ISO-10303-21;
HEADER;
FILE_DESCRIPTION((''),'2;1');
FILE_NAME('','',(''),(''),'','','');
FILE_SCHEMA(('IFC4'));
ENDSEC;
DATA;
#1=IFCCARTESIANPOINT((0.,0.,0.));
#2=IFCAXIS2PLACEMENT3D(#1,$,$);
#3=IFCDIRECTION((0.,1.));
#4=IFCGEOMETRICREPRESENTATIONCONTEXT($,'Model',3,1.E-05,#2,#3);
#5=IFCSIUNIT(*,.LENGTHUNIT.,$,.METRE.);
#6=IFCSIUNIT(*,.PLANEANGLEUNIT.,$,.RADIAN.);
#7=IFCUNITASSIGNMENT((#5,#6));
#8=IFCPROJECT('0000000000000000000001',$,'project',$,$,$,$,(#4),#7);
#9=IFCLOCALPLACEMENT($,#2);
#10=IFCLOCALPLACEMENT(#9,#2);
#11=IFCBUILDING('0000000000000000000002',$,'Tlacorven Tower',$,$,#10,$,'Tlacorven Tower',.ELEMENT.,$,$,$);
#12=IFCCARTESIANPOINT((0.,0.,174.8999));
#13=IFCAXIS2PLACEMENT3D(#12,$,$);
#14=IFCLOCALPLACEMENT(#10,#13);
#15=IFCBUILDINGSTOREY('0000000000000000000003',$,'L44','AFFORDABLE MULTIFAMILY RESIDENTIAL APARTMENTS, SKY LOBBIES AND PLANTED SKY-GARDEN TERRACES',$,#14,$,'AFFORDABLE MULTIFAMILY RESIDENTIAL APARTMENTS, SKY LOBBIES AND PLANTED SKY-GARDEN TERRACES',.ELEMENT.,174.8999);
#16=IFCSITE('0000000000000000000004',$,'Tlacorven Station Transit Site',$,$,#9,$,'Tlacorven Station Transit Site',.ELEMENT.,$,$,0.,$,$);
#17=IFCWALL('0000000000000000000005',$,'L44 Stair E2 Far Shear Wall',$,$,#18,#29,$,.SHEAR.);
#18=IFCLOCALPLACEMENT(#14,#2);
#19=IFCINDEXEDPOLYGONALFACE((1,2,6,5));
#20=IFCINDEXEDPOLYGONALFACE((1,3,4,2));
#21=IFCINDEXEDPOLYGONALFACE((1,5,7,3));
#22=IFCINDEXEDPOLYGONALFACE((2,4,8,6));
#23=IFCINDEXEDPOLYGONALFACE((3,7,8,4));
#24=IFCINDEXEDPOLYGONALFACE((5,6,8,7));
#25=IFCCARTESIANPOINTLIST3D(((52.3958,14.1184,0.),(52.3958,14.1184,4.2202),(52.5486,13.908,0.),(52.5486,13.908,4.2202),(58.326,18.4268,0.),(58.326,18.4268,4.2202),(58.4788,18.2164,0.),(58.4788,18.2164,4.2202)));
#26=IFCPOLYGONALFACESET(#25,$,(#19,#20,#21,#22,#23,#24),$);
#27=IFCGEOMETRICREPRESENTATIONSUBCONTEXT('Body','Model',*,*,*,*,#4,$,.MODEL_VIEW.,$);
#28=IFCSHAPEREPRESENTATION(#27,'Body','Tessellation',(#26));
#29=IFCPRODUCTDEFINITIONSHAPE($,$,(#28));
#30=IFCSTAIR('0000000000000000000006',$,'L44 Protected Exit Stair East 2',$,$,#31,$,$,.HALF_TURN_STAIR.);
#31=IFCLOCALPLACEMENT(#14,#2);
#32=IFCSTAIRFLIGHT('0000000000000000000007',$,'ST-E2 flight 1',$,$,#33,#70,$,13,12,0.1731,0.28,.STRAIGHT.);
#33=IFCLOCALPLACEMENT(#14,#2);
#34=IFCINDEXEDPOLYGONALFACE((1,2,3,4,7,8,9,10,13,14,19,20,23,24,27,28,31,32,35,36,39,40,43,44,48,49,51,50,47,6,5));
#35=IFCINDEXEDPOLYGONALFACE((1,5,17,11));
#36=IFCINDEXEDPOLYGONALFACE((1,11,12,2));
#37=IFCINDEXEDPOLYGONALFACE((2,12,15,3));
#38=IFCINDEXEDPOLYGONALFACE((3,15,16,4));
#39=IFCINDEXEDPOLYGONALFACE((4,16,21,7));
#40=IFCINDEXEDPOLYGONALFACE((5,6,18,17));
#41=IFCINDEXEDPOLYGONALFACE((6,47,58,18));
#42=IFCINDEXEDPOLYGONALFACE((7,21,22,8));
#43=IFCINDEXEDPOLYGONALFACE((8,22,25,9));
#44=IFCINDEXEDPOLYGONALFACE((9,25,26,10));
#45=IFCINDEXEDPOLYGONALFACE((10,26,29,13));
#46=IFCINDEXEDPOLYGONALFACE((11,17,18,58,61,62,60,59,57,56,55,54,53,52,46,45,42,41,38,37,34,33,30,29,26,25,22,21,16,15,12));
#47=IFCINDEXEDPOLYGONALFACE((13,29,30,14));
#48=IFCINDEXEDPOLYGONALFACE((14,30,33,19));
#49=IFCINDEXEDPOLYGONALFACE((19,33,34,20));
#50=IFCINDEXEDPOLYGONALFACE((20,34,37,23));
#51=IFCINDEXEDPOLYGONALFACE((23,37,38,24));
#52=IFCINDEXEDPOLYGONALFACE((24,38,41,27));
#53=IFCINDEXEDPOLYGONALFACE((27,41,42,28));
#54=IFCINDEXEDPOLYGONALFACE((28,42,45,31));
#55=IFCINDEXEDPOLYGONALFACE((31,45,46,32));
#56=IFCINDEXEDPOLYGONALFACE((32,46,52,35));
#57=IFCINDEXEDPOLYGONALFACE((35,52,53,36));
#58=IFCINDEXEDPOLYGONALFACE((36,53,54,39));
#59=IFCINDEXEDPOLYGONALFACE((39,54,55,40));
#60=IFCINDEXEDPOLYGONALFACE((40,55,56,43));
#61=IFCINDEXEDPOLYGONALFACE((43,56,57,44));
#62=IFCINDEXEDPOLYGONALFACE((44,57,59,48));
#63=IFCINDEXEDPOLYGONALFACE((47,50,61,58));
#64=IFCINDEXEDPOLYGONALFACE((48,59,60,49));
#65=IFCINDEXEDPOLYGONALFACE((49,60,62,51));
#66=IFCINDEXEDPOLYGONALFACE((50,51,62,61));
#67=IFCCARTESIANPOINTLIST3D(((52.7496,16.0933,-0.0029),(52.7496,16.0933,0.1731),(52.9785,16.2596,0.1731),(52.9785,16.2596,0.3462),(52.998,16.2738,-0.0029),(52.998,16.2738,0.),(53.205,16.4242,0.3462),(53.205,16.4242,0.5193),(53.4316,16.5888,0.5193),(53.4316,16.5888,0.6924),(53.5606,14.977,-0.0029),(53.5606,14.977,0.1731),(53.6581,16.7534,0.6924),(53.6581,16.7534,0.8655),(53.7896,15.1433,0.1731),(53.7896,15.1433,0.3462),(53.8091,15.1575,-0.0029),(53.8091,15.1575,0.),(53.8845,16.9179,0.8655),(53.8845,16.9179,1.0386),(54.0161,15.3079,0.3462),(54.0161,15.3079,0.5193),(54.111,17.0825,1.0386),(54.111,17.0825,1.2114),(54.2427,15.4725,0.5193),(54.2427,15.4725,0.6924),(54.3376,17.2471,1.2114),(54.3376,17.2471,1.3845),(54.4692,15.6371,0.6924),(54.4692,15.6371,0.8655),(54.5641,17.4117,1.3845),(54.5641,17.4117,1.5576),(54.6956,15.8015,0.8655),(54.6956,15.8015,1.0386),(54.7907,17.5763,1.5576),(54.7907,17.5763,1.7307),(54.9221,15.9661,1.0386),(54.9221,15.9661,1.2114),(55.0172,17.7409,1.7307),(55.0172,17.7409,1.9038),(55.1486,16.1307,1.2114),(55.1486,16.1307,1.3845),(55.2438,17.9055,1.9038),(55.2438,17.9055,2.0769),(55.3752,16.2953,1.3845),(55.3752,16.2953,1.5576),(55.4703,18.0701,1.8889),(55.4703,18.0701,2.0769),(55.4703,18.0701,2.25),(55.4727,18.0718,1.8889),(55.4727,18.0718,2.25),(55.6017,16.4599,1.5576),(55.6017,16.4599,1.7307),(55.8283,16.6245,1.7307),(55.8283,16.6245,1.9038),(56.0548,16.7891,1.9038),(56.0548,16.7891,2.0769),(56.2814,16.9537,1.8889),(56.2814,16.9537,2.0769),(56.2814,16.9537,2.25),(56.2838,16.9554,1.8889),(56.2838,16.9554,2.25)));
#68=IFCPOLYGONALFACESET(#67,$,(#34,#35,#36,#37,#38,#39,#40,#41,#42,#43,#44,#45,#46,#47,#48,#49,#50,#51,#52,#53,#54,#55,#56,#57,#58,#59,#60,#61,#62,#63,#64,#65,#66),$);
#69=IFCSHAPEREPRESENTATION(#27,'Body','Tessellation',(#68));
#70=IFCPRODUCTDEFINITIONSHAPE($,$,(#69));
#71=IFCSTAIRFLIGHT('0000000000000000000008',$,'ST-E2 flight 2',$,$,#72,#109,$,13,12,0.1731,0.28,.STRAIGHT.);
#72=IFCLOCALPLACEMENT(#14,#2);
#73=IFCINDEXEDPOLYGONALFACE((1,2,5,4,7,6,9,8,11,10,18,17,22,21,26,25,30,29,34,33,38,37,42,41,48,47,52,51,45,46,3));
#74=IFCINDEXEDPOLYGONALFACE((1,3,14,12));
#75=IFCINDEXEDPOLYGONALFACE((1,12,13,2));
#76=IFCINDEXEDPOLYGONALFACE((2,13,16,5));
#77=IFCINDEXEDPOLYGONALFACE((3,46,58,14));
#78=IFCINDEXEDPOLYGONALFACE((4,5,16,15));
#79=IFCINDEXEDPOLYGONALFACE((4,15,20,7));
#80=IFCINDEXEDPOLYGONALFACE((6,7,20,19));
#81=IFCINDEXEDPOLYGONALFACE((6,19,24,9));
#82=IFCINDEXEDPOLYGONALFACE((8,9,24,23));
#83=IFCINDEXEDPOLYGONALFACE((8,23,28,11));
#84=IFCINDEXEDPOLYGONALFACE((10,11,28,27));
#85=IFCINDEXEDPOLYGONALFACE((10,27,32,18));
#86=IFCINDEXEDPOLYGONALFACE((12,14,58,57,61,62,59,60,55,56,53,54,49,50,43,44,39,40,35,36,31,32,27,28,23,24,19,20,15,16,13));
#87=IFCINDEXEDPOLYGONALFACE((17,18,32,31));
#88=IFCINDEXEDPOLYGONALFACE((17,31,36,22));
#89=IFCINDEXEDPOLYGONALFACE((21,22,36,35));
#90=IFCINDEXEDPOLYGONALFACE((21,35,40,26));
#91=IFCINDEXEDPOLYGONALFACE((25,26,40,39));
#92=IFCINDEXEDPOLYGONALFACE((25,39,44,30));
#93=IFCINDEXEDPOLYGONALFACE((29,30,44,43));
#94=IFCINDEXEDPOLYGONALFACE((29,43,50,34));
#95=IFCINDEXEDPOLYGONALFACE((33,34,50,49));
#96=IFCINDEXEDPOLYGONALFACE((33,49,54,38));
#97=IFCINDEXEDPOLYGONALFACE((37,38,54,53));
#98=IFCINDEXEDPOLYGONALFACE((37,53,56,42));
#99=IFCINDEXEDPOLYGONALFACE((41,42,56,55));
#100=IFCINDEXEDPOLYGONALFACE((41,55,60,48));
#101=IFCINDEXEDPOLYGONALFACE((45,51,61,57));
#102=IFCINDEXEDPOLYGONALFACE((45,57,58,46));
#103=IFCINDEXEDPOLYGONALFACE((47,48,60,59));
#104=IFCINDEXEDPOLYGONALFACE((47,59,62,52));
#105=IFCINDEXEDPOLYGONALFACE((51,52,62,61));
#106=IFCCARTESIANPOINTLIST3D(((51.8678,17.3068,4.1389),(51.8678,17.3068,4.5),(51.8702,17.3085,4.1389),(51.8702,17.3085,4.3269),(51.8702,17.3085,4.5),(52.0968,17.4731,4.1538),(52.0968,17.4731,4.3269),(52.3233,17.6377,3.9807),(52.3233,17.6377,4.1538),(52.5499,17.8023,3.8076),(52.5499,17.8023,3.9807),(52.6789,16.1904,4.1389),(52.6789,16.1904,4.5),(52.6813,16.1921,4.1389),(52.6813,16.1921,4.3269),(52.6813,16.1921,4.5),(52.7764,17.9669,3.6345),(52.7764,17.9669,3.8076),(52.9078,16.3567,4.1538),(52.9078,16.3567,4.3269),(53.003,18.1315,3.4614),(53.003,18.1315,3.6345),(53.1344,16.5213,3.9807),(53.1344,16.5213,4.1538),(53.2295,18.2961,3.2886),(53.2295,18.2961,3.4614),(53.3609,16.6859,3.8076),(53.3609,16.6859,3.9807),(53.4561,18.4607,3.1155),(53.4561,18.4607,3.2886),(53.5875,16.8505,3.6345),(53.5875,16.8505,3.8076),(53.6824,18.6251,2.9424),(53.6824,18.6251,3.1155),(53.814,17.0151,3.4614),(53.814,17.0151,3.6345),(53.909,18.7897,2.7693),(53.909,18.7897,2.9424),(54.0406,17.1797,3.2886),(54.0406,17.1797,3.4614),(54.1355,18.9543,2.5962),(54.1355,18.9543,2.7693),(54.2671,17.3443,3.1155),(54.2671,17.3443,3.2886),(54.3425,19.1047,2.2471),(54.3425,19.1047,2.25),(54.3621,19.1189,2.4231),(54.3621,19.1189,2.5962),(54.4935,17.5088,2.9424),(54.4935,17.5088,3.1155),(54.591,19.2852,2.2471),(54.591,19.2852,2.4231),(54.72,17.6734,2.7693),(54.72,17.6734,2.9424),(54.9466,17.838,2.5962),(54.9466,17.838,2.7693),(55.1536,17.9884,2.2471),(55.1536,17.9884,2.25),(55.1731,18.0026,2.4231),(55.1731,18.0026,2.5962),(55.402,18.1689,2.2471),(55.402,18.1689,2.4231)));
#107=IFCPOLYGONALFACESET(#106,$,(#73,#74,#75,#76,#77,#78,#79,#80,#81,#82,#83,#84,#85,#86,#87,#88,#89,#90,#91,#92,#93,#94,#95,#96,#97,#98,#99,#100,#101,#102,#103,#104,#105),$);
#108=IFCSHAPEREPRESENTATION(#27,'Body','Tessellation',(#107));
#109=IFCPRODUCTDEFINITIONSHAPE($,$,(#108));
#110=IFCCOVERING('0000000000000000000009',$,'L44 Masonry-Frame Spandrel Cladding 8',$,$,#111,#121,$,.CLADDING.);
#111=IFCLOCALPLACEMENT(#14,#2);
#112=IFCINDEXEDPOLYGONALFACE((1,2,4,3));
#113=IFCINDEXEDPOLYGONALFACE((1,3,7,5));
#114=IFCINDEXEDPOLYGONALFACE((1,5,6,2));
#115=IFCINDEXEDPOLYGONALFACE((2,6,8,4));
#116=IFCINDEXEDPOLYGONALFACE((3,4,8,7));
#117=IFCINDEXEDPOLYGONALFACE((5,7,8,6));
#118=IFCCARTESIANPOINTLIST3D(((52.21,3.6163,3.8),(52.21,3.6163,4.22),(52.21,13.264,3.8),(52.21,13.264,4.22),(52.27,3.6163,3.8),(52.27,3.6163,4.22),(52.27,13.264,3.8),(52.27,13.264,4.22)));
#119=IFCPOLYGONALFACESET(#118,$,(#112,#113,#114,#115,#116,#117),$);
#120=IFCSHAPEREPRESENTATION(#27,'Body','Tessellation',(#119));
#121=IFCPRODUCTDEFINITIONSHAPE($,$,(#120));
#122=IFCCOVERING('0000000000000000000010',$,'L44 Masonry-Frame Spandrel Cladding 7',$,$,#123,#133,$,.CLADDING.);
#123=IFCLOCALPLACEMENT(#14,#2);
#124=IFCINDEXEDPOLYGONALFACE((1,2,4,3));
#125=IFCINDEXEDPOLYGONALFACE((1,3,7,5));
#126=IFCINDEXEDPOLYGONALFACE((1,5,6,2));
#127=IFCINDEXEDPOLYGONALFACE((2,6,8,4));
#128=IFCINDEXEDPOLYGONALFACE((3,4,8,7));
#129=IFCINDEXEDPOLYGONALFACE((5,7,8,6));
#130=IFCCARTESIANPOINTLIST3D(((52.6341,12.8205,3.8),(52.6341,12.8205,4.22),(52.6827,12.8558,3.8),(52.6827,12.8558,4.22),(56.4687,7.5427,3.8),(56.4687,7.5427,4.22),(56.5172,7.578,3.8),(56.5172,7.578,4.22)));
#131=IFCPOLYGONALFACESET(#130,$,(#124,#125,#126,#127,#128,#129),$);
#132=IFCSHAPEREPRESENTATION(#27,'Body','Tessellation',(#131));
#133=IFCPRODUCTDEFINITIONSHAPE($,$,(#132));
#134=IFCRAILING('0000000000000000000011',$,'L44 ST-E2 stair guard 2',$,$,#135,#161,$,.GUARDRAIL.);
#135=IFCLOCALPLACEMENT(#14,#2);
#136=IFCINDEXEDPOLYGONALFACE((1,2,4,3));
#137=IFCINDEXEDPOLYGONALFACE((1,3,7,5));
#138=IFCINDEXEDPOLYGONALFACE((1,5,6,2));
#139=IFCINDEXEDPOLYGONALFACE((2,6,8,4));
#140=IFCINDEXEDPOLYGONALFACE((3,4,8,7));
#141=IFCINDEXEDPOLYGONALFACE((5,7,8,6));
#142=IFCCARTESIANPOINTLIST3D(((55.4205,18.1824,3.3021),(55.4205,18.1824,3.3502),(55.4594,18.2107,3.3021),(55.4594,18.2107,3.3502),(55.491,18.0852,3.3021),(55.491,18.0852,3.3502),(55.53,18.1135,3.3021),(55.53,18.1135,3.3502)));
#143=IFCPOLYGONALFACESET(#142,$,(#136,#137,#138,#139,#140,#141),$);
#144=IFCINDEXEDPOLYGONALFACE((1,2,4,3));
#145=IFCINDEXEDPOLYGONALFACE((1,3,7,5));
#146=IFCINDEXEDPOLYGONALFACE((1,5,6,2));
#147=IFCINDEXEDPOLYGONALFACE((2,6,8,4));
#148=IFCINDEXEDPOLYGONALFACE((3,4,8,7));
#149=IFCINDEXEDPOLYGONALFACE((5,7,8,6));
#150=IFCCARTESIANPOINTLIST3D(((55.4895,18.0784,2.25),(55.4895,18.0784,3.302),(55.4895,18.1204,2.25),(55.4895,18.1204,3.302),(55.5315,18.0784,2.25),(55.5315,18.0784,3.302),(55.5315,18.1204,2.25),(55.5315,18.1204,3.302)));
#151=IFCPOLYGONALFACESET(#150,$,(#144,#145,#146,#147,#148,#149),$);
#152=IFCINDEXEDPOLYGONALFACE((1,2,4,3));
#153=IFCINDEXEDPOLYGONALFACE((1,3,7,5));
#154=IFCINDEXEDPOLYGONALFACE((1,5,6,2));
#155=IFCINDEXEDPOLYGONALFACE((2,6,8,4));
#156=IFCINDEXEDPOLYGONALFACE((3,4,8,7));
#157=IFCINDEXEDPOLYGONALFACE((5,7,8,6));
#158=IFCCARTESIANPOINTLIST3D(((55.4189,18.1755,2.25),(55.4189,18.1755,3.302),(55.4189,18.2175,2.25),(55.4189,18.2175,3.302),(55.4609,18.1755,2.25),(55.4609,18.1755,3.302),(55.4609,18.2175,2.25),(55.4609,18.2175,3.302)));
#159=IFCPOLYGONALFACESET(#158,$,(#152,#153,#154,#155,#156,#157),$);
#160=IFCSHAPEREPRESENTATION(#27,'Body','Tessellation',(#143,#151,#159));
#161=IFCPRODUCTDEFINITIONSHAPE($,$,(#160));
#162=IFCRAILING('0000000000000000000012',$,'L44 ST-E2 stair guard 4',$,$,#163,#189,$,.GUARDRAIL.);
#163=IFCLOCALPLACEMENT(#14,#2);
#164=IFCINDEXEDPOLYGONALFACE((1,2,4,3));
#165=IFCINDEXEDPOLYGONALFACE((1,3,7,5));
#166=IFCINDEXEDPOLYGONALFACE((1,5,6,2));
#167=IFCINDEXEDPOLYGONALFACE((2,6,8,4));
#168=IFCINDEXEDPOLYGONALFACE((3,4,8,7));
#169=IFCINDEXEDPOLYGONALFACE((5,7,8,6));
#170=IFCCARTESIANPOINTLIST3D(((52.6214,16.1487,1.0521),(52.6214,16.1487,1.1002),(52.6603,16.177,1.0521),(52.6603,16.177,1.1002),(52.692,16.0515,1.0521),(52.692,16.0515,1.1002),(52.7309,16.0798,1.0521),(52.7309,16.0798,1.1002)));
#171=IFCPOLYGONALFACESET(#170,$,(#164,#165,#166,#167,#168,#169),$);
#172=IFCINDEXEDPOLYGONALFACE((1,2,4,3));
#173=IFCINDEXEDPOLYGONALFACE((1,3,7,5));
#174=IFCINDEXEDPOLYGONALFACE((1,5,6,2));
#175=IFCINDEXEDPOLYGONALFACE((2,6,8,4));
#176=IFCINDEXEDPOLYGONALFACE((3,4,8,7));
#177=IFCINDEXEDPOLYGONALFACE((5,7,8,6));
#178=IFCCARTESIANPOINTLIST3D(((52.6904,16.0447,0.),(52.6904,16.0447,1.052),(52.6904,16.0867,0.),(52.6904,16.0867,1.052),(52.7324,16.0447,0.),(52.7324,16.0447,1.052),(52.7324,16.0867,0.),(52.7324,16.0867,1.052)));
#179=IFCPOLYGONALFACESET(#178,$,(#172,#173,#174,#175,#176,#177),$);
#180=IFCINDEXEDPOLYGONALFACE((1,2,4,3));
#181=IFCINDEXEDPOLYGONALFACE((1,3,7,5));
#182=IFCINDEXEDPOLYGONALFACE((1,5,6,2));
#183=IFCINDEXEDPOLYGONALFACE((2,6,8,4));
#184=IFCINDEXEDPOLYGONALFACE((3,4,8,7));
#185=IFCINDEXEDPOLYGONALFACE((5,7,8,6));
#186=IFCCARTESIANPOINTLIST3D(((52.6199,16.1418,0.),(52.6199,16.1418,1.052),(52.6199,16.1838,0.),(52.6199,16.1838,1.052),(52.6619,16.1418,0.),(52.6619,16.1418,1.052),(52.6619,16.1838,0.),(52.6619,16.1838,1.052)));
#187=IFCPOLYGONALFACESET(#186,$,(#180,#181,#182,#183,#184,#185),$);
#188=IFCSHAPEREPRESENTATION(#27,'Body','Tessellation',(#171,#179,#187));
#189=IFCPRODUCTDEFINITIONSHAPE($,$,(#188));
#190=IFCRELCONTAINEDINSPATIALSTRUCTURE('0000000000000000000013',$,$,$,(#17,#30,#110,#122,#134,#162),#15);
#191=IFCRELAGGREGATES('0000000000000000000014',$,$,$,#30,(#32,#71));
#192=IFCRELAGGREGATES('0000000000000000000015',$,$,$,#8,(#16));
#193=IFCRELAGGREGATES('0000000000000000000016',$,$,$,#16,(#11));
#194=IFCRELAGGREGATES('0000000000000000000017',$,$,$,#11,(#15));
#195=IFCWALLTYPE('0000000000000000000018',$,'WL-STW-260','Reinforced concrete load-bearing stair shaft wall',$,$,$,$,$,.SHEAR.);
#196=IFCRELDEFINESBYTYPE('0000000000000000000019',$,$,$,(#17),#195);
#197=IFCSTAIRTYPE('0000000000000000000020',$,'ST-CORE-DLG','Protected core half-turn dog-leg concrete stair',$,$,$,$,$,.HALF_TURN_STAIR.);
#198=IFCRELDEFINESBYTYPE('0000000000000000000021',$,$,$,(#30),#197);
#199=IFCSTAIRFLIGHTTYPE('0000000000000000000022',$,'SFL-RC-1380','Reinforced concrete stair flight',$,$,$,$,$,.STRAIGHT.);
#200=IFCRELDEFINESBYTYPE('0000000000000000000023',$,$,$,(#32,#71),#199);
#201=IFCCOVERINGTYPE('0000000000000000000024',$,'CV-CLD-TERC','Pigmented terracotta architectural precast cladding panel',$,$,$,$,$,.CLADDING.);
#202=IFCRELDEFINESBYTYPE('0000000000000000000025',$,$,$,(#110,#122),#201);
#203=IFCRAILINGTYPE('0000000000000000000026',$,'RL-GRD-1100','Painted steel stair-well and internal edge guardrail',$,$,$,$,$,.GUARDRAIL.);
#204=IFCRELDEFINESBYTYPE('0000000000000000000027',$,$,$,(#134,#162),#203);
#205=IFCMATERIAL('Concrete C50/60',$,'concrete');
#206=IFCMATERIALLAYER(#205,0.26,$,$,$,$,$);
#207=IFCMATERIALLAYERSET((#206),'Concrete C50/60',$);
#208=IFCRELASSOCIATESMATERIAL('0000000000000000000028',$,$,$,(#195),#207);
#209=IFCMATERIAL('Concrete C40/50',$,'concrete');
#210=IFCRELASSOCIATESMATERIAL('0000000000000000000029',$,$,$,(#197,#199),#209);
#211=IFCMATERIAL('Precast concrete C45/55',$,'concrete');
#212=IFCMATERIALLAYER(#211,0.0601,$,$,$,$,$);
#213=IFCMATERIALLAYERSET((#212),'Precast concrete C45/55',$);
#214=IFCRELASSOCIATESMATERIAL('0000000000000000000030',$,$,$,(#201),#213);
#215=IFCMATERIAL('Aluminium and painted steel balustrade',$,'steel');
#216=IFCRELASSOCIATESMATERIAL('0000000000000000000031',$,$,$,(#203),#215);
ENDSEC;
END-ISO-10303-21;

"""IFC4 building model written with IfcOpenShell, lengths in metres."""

from ifc_helpers import new_model, si_unit, direction, frame, frame_2d, origin, origin_2d, place, context, subcontext, project, spatial, polyline, rectangle, outline, extrude, source, transform, mapped, material, layer, layer_set, type_object, element, aggregate, save


model = new_model("IFC4")

# Units and contexts
model_context = context("Model", 3, precision=1e-05, world=origin(), true_north=direction((0.0, 1.0)))
body_context = subcontext(model_context, "Body", "Model", "MODEL_VIEW")
ifc_project = project(units=[si_unit("LENGTHUNIT", "METRE"), si_unit("PLANEANGLEUNIT", "RADIAN")], contexts=[model_context])

# Site, building, storey
site_placement = place(None, origin())
site = spatial("IfcSite", under=ifc_project, at=site_placement, Name="Tlacorven Station Transit Site", LongName="Tlacorven Station Transit Site", CompositionType="ELEMENT", RefElevation=0.0)
building_placement = place(site_placement, origin())
building = spatial("IfcBuilding", under=site, at=building_placement, Name="Tlacorven Tower", LongName="Tlacorven Tower", CompositionType="ELEMENT")
storey_placement = place(building_placement, frame((0.0, 0.0, 174.8999)))
storey = spatial("IfcBuildingStorey", under=building, at=storey_placement, Name="L44", Description="AFFORDABLE MULTIFAMILY RESIDENTIAL APARTMENTS, SKY LOBBIES AND PLANTED SKY-GARDEN TERRACES", LongName="AFFORDABLE MULTIFAMILY RESIDENTIAL APARTMENTS, SKY LOBBIES AND PLANTED SKY-GARDEN TERRACES", CompositionType="ELEMENT", Elevation=174.8999)

# Shared definitions
ifc_material_1 = material(Name="Precast concrete C45/55", Category="concrete")

# Wall
ifc_material_2 = material(Name="Concrete C50/60", Category="concrete")
ifc_layer_1 = layer(ifc_material_2, 0.26)
ifc_layer_set_1 = layer_set([ifc_layer_1], Name="Concrete C50/60")
wall_type_1 = type_object("IfcWallType", Name="WL-STW-260", Description="Reinforced concrete load-bearing stair shaft wall", PredefinedType="SHEAR", material=ifc_layer_set_1)
wall_1_placement = place(storey_placement, frame((52.4722, 14.0132, 0.0), z_axis=(0.0, 0.0, 1.0), x_axis=(0.809028, 0.58777, 0.0)))
element("IfcWall", 1, at=wall_1_placement, inside=storey, type_object=wall_type_1, Name="L44 Stair E2 Far Shear Wall", PredefinedType="SHEAR", context=body_context, shape_type="SweptSolid", body=[
    extrude(rectangle(XDim=7.3301, YDim=0.26, at=frame_2d((3.665, 0.0))), origin(), (0.0, 0.0, 1.0), 4.2202),
])

# Stair, stair flights
ifc_material_3 = material(Name="Concrete C40/50", Category="concrete")
stair_type = type_object("IfcStairType", Name="ST-CORE-DLG", Description="Protected core half-turn dog-leg concrete stair", PredefinedType="HALF_TURN_STAIR", material=ifc_material_3)
stair_placement = place(storey_placement, origin())
stair = element("IfcStair", 2, at=stair_placement, inside=storey, type_object=stair_type, Name="L44 Protected Exit Stair East 2", PredefinedType="HALF_TURN_STAIR")
stair_flight_type = type_object("IfcStairFlightType", Name="SFL-RC-1380", Description="Reinforced concrete stair flight", PredefinedType="STRAIGHT", material=ifc_material_3)
shared_shape_1 = source(origin(), body_context, "Body", "SweptSolid", [
    extrude(outline(polyline([(-0.0029, -0.0029), (-0.0029, 0.1731), (0.28, 0.1731), (0.28, 0.3462), (0.5601, 0.3462), (0.5601, 0.5193), (0.8401, 0.5193), (0.8401, 0.6924), (1.1201, 0.6924), (1.1201, 0.8655), (1.3999, 0.8655), (1.3999, 1.0386), (1.6799, 1.0386), (1.6799, 1.2114), (1.96, 1.2114), (1.96, 1.3845), (2.24, 1.3845), (2.24, 1.5576), (2.52, 1.5576), (2.52, 1.7307), (2.8, 1.7307), (2.8, 1.9038), (3.0801, 1.9038), (3.0801, 2.0769), (3.3601, 2.0769), (3.3601, 2.25), (3.363, 2.25), (3.363, 1.8889), (3.3601, 1.8889), (0.3042, 0.0), (0.3042, -0.0029), (-0.0029, -0.0029)])), frame((0.0, 0.6899, 0.0), z_axis=(0.0, -1.0, 0.0), x_axis=(1.0, 0.0, 0.0)), (0.0, 0.0, 1.0), 1.3799),
])
stair_flight_1_placement = place(storey_placement, frame((53.1575, 15.5369, 0.0), z_axis=(0.0, 0.0, 1.0), x_axis=(0.809017, 0.587785, 0.0)))
stair_flight_1 = element("IfcStairFlight", 3, at=stair_flight_1_placement, type_object=stair_flight_type, Name="ST-E2 flight 1", NumberOfRisers=13, NumberOfTreads=12, PredefinedType="STRAIGHT", RiserHeight=0.1731, TreadLength=0.28, context=body_context, shape_type="MappedRepresentation", body=[
    mapped(shared_shape_1, transform((0.0, 0.0, 0.0), scale=1.0)),
])
stair_flight_2_placement = place(storey_placement, frame((54.9941, 18.7253, 2.25), z_axis=(0.0, 0.0, 1.0), x_axis=(-0.809017, -0.587785, 0.0)))
stair_flight_2 = element("IfcStairFlight", 4, at=stair_flight_2_placement, type_object=stair_flight_type, Name="ST-E2 flight 2", NumberOfRisers=13, NumberOfTreads=12, PredefinedType="STRAIGHT", RiserHeight=0.1731, TreadLength=0.28, context=body_context, shape_type="MappedRepresentation", body=[
    mapped(shared_shape_1, transform((0.0, 0.0, 0.0), scale=1.0)),
])
aggregate(stair, [stair_flight_1, stair_flight_2])

# Coverings
ifc_layer_2 = layer(ifc_material_1, 0.0601)
ifc_layer_set_2 = layer_set([ifc_layer_2], Name="Precast concrete C45/55")
covering_type = type_object("IfcCoveringType", Name="CV-CLD-TERC", Description="Pigmented terracotta architectural precast cladding panel", PredefinedType="CLADDING", material=ifc_layer_set_2)
shared_shape_2 = source(origin(), body_context, "Body", "SweptSolid", [
    extrude(rectangle(XDim=9.6477, YDim=0.0601, at=origin_2d()), origin(), (0.0, 0.0, 1.0), 0.4199),
])
covering_1_placement = place(storey_placement, frame((52.24, 8.4402, 3.8), z_axis=(0.0, 0.0, 1.0), x_axis=(0.0, -1.0, 0.0)))
element("IfcCovering", 5, at=covering_1_placement, inside=storey, type_object=covering_type, Name="L44 Masonry-Frame Spandrel Cladding 8", PredefinedType="CLADDING", context=body_context, shape_type="MappedRepresentation", body=[
    mapped(shared_shape_2, transform((0.0, 0.0, 0.0), scale=1.0)),
])
shared_shape_3 = source(origin(), body_context, "Body", "SweptSolid", [
    extrude(rectangle(XDim=6.5237, YDim=0.0601, at=origin_2d()), origin(), (0.0, 0.0, 1.0), 0.4199),
])
covering_2_placement = place(storey_placement, frame((54.5757, 10.1992, 3.8), z_axis=(0.0, 0.0, 1.0), x_axis=(-0.587786, 0.809017, 0.0)))
element("IfcCovering", 6, at=covering_2_placement, inside=storey, type_object=covering_type, Name="L44 Masonry-Frame Spandrel Cladding 7", PredefinedType="CLADDING", context=body_context, shape_type="MappedRepresentation", body=[
    mapped(shared_shape_3, transform((0.0, 0.0, 0.0), scale=1.0)),
])

# Railings
ifc_material_4 = material(Name="Aluminium and painted steel balustrade", Category="steel")
railing_type_1 = type_object("IfcRailingType", Name="RL-GRD-1100", Description="Painted steel stair-well and internal edge guardrail", PredefinedType="GUARDRAIL", material=ifc_material_4)
shared_shape_4 = source(origin(), body_context, "Body", "SweptSolid", [
    extrude(rectangle(XDim=0.0481, YDim=0.0481, at=origin_2d()), frame((0.0, 0.0, 1.0762), z_axis=(-0.587567, 0.809175, 0.0), x_axis=(-0.809175, -0.587567, 0.0)), (0.0, 0.0, 1.0), 0.1201),
    extrude(rectangle(XDim=0.042, YDim=0.042, at=origin_2d()), origin(), (0.0, 0.0, 1.0), 1.052),
    extrude(rectangle(XDim=0.042, YDim=0.042, at=origin_2d()), frame((-0.0706, 0.0972, 0.0)), (0.0, 0.0, 1.0), 1.052),
])
for number, where, name in (
    (7, (55.5105, 18.0994, 2.25), "L44 ST-E2 stair guard 2"),
    (8, (52.7114, 16.0657, 0.0), "L44 ST-E2 stair guard 4"),
):
    element("IfcRailing", number, at=place(storey_placement, frame(where)), inside=storey, type_object=railing_type_1, Name=name, PredefinedType="GUARDRAIL", context=body_context, shape_type="MappedRepresentation", body=[
        mapped(shared_shape_4, transform((0.0, 0.0, 0.0), scale=1.0)),
    ])

save(model, "model.ifc")
